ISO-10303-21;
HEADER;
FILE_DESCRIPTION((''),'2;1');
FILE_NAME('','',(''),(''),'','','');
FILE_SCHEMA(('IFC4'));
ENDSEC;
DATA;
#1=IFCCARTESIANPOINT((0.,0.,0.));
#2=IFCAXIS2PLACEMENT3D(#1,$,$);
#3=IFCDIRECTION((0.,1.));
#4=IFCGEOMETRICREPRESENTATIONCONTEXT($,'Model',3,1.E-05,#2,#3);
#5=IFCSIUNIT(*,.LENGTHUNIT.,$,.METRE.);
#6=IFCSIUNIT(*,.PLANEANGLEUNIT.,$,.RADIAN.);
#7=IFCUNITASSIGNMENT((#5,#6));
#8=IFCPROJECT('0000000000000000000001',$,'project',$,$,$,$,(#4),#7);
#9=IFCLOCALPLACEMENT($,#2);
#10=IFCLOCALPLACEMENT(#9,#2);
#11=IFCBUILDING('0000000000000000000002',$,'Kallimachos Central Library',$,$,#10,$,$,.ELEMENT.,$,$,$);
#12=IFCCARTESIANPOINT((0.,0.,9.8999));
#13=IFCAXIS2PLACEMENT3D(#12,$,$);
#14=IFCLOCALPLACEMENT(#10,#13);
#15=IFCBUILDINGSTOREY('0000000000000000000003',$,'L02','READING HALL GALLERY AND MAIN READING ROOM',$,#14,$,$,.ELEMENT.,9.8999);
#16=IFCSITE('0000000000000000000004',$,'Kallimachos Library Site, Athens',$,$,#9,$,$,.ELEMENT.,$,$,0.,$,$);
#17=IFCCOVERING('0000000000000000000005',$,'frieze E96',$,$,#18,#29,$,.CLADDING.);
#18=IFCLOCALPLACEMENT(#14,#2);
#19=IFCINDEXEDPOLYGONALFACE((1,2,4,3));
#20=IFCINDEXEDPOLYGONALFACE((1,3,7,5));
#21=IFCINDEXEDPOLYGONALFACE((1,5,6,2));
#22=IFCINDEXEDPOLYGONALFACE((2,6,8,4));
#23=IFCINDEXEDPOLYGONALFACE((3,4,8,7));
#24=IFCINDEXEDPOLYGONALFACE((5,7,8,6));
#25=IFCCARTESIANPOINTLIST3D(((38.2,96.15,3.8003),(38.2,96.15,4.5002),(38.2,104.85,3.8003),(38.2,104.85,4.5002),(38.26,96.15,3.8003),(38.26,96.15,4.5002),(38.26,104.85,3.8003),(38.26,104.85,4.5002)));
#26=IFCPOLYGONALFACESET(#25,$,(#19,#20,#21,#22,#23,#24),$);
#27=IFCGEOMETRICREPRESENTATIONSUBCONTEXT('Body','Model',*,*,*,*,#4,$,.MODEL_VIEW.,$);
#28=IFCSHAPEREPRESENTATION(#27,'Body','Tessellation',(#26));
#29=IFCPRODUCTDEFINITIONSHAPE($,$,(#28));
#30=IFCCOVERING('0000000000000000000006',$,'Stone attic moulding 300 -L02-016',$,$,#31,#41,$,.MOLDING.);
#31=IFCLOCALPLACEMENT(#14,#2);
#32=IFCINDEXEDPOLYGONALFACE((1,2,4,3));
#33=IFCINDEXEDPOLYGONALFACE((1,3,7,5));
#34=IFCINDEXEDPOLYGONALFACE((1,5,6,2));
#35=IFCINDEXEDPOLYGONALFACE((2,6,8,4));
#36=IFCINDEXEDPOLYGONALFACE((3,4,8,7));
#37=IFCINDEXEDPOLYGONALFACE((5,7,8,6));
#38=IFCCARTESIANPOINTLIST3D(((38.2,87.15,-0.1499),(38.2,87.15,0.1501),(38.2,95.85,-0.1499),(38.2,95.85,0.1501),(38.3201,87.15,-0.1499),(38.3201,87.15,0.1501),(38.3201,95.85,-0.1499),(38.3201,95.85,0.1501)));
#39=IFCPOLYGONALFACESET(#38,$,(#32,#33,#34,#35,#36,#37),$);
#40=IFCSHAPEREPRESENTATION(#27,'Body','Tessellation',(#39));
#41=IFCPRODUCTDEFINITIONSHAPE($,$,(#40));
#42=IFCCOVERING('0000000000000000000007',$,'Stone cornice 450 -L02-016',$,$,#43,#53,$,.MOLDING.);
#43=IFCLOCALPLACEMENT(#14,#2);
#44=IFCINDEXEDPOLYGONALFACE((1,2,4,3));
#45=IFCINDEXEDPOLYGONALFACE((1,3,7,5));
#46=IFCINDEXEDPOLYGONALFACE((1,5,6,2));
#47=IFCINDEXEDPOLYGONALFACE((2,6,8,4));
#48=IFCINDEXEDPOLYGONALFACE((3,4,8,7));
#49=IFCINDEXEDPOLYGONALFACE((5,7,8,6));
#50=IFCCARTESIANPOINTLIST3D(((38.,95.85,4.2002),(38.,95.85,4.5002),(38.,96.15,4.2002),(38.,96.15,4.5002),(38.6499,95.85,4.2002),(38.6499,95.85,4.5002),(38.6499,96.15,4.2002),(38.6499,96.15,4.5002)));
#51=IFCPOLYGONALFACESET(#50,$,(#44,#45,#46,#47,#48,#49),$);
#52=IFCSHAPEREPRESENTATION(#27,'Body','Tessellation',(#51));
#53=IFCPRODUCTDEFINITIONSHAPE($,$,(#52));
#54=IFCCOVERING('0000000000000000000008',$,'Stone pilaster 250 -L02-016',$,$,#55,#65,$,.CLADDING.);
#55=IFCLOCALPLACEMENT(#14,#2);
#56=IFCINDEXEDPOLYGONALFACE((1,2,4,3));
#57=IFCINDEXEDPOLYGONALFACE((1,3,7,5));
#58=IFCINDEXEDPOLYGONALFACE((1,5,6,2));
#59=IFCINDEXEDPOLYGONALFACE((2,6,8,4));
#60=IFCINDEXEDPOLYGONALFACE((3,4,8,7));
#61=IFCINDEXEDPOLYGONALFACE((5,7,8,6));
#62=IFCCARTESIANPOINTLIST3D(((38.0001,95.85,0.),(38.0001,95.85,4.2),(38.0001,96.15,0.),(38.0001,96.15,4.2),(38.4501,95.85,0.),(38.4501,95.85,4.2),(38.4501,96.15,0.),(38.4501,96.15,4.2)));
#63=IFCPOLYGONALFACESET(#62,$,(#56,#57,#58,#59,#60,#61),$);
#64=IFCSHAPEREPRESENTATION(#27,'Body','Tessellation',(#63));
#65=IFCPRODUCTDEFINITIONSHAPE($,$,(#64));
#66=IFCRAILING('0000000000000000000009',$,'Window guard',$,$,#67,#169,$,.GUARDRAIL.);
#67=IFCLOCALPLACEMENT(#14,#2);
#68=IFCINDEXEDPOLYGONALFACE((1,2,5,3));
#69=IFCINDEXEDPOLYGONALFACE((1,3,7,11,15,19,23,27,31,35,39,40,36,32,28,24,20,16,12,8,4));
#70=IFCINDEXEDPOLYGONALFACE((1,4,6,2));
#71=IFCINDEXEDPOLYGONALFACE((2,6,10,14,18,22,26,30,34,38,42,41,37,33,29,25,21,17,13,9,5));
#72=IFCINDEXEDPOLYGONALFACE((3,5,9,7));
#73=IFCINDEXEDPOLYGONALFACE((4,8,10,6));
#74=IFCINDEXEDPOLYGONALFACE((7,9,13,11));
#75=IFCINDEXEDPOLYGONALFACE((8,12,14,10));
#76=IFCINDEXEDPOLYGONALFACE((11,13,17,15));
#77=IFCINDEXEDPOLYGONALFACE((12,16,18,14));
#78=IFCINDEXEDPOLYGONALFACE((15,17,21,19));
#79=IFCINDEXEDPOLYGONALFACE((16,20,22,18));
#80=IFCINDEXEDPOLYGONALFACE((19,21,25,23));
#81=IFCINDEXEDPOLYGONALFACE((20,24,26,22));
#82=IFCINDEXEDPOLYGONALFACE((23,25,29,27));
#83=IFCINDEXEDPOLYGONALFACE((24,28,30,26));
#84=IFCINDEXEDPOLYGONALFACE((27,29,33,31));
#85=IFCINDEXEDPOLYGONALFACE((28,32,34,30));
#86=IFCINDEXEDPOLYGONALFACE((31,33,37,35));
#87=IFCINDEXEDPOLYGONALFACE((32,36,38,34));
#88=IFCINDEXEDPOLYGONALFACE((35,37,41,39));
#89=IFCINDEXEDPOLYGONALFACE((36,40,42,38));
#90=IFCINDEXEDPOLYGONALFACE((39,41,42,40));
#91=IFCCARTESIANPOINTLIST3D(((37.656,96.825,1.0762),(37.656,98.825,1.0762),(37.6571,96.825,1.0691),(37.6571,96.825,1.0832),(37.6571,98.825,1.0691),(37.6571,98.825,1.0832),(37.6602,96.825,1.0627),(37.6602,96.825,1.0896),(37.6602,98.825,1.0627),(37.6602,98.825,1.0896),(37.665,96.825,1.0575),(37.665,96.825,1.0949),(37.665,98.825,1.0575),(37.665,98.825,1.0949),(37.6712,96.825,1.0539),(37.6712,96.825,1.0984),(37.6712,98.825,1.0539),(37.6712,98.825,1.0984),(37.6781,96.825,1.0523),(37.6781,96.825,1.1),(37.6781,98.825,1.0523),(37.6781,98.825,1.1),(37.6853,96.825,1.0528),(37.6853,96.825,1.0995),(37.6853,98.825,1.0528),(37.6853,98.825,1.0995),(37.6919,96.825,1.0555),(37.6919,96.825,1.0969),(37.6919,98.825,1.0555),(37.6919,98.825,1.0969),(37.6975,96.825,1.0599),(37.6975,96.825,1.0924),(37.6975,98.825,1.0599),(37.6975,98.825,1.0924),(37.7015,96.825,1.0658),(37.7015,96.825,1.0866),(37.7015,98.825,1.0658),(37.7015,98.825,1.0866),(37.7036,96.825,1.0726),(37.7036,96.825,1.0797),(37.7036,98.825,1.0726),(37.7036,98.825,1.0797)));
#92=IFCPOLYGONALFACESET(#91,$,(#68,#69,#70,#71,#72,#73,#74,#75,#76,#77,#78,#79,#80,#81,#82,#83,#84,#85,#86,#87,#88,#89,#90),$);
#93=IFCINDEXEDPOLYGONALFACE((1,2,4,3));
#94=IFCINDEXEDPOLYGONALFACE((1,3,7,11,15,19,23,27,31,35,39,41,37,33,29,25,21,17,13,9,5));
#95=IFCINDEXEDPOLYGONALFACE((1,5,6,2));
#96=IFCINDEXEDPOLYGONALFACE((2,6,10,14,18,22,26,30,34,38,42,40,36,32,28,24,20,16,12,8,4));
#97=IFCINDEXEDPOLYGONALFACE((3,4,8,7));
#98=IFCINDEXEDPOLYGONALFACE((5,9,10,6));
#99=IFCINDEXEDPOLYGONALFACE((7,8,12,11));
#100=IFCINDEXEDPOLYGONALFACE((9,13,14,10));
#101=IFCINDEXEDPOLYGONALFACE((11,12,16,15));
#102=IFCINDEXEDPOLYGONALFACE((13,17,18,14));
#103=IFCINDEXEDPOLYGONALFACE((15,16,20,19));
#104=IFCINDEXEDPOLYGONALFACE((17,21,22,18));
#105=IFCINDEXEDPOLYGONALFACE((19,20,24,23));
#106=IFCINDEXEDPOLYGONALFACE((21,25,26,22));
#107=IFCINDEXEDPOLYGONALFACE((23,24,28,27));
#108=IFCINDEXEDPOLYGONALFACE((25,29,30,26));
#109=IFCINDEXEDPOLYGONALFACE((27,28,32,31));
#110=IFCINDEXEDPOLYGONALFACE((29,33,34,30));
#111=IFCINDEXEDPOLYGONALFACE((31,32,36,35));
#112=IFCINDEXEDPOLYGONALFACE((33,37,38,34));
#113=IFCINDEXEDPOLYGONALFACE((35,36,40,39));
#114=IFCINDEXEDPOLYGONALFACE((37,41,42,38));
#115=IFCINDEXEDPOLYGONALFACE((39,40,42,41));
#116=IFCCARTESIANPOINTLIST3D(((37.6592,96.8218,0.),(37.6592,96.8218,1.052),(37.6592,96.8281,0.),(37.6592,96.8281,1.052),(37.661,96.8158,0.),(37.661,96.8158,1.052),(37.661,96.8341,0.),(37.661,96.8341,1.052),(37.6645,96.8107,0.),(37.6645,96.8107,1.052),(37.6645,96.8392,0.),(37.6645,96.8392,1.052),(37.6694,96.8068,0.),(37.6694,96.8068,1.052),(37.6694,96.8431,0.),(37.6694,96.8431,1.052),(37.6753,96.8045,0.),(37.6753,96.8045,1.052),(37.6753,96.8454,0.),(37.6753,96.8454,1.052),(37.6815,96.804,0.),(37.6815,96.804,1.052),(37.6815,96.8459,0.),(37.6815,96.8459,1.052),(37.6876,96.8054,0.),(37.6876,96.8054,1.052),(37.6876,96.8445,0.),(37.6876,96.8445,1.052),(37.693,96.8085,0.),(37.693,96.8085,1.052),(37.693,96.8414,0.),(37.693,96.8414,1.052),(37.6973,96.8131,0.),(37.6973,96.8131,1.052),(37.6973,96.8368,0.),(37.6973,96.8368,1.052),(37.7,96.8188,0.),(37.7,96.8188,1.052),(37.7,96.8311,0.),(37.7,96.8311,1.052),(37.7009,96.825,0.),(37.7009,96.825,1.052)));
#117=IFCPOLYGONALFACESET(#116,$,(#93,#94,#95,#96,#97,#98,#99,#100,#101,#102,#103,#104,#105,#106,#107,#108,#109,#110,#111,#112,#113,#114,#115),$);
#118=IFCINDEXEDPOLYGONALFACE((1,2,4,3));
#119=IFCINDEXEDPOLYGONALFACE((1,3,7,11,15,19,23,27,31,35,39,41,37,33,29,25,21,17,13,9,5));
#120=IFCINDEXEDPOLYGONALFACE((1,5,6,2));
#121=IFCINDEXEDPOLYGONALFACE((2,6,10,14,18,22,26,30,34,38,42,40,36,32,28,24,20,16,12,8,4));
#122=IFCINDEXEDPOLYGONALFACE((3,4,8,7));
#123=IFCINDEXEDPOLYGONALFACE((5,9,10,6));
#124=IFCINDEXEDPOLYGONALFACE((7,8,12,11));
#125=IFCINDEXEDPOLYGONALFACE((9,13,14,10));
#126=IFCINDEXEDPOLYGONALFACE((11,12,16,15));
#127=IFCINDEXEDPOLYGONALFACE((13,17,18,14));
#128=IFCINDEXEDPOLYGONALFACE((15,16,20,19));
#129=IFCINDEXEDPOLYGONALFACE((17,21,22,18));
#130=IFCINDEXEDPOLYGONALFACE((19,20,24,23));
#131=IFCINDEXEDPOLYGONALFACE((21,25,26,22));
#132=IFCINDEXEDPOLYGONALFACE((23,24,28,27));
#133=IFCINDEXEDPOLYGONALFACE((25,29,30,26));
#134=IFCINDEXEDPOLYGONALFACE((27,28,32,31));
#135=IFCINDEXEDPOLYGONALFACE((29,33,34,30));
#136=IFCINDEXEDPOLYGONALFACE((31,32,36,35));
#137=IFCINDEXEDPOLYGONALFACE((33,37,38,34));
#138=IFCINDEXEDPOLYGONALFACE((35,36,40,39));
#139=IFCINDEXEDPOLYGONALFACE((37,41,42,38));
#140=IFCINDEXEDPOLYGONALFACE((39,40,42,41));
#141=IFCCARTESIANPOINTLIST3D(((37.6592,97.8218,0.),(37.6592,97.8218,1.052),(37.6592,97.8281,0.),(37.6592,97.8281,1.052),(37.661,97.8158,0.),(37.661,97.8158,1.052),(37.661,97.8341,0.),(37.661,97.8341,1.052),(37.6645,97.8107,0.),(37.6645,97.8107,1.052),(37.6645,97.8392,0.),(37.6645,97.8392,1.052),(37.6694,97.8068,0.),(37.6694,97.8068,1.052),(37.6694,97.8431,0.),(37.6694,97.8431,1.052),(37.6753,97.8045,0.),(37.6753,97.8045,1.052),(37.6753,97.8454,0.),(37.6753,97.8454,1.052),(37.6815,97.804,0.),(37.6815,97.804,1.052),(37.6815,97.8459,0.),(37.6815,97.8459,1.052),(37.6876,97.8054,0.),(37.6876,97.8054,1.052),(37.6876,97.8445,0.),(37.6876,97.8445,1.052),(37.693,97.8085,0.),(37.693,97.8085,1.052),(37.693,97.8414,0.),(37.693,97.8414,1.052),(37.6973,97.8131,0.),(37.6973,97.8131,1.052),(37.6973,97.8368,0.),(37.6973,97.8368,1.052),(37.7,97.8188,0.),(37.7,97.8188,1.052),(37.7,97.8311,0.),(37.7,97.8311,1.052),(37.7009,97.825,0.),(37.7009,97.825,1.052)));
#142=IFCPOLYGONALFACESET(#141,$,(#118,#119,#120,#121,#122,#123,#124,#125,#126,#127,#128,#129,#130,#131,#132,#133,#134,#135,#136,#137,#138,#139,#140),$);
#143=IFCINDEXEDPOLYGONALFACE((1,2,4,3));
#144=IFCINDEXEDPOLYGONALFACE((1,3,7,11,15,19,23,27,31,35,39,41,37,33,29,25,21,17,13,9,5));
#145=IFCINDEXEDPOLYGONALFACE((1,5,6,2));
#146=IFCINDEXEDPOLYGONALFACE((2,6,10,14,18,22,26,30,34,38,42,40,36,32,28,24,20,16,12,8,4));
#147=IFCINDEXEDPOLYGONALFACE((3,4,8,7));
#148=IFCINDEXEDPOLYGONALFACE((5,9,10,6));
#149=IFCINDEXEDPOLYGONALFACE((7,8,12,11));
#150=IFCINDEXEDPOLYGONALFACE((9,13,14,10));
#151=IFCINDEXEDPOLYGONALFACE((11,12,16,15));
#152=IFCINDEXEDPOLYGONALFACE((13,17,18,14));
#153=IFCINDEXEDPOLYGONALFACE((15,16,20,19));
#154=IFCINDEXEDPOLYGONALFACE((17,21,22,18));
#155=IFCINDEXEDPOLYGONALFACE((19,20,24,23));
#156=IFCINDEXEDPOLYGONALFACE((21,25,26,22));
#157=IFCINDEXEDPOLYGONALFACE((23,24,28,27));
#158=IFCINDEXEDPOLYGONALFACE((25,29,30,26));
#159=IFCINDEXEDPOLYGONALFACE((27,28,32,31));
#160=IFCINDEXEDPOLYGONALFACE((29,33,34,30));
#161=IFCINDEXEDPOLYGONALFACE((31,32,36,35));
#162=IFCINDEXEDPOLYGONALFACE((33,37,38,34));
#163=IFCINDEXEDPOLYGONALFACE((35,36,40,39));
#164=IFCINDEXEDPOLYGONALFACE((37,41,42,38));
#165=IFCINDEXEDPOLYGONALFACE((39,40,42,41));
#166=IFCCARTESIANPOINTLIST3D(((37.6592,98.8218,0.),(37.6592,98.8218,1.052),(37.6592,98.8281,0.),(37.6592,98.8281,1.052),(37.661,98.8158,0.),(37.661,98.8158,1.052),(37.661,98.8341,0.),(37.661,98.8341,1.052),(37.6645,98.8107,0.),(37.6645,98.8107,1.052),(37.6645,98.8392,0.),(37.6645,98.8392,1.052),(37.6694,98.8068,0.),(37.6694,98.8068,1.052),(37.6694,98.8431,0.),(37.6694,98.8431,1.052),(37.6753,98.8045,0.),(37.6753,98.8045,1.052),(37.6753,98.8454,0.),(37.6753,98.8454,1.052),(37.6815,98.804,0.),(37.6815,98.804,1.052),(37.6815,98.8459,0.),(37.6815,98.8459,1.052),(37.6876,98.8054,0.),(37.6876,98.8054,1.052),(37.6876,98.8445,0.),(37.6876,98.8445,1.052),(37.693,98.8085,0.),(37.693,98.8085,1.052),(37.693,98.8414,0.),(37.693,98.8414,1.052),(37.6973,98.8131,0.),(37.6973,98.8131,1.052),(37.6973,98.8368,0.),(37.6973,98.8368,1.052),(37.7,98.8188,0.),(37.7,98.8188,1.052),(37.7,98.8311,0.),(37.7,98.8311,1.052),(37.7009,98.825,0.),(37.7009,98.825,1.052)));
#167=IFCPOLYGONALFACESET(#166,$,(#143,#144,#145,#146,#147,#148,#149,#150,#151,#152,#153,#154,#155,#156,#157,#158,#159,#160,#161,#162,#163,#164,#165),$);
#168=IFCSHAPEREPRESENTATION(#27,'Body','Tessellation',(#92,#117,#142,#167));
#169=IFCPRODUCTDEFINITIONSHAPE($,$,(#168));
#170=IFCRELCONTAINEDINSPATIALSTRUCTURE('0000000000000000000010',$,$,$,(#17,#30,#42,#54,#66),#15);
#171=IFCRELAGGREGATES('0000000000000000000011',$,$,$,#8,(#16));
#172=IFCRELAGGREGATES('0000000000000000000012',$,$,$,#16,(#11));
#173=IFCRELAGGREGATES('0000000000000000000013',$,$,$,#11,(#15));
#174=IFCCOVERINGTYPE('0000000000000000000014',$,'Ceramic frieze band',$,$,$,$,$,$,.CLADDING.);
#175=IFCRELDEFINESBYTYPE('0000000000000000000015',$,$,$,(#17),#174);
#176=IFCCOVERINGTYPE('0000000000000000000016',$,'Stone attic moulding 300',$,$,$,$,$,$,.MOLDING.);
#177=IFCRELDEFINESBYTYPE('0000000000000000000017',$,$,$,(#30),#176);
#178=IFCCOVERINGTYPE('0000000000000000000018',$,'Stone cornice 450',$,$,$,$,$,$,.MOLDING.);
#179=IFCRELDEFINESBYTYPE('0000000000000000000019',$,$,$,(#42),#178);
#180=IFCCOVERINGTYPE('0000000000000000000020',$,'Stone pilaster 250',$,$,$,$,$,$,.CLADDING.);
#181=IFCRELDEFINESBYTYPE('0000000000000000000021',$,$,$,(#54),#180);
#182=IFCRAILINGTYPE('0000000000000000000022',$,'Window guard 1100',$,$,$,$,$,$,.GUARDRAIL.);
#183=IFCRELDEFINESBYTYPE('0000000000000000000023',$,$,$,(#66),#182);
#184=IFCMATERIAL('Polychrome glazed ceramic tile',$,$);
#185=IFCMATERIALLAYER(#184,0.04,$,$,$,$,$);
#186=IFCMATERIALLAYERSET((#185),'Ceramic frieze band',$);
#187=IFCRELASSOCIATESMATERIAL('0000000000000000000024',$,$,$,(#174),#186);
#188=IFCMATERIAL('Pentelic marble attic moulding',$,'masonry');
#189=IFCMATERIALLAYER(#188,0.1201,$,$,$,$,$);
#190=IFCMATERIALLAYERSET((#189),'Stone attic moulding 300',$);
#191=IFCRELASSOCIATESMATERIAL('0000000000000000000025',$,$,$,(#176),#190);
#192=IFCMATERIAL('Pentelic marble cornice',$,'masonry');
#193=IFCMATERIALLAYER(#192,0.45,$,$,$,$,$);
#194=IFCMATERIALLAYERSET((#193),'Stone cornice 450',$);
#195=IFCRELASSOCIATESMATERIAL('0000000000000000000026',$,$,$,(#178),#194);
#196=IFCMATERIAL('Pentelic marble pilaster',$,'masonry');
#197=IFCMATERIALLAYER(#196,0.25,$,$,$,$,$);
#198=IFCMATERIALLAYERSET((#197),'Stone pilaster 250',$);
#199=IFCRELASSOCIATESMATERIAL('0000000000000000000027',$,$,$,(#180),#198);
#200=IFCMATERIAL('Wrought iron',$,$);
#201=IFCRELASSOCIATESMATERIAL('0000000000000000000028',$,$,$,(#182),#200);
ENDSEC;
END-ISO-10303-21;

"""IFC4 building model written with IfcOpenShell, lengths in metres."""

from ifc_helpers import new_model, si_unit, direction, frame, origin, origin_2d, place, context, subcontext, project, spatial, rectangle, circle, extrude, material, layer, layer_set, type_object, element, save


model = new_model("IFC4")

# Units and contexts
model_context = context("Model", 3, precision=1e-05, world=origin(), true_north=direction((0.0, 1.0)))
body_context = subcontext(model_context, "Body", "Model", "MODEL_VIEW")
ifc_project = project(units=[si_unit("LENGTHUNIT", "METRE"), si_unit("PLANEANGLEUNIT", "RADIAN")], contexts=[model_context])

# Site, building, storey
site_placement = place(None, origin())
site = spatial("IfcSite", under=ifc_project, at=site_placement, Name="Kallimachos Library Site, Athens", CompositionType="ELEMENT", RefElevation=0.0)
building_placement = place(site_placement, origin())
building = spatial("IfcBuilding", under=site, at=building_placement, Name="Kallimachos Central Library", CompositionType="ELEMENT")
storey_placement = place(building_placement, frame((0.0, 0.0, 9.8999)))
storey = spatial("IfcBuildingStorey", under=building, at=storey_placement, Name="L02", Description="READING HALL GALLERY AND MAIN READING ROOM", CompositionType="ELEMENT", Elevation=9.8999)

# Coverings
ifc_material_1 = material(Name="Polychrome glazed ceramic tile")
ifc_layer_1 = layer(ifc_material_1, 0.04)
ifc_layer_set_1 = layer_set([ifc_layer_1], Name="Ceramic frieze band")
covering_type_1 = type_object("IfcCoveringType", Name="Ceramic frieze band", PredefinedType="CLADDING", material=ifc_layer_set_1)
for number, where, z_axis, x_axis, name in (
    (1, (38.23, 100.5, 3.8003), (0.0, 0.0, 1.0), (1.0, 0.0, 0.0), "frieze E96"),
):
    element("IfcCovering", number, at=place(storey_placement, frame(where, z_axis=z_axis, x_axis=x_axis)), inside=storey, type_object=covering_type_1, Name=name, PredefinedType="CLADDING", context=body_context, shape_type="SweptSolid", body=[
        extrude(rectangle(XDim=0.0601, YDim=8.7, at=origin_2d()), origin(), (0.0, 0.0, 1.0), 0.7),
    ])
ifc_material_2 = material(Name="Pentelic marble attic moulding", Category="masonry")
ifc_layer_2 = layer(ifc_material_2, 0.1201)
ifc_layer_set_2 = layer_set([ifc_layer_2], Name="Stone attic moulding 300")
covering_type_2 = type_object("IfcCoveringType", Name="Stone attic moulding 300", PredefinedType="MOLDING", material=ifc_layer_set_2)
covering_1_placement = place(storey_placement, frame((38.26, 91.5, -0.1499), z_axis=(0.0, 0.0, 1.0), x_axis=(1.0, 0.0, 0.0)))
element("IfcCovering", 2, at=covering_1_placement, inside=storey, type_object=covering_type_2, Name="Stone attic moulding 300 -L02-016", PredefinedType="MOLDING", context=body_context, shape_type="SweptSolid", body=[
    extrude(rectangle(XDim=0.1201, YDim=8.7, at=origin_2d()), origin(), (0.0, 0.0, 1.0), 0.3),
])
ifc_material_3 = material(Name="Pentelic marble cornice", Category="masonry")
ifc_layer_3 = layer(ifc_material_3, 0.45)
ifc_layer_set_3 = layer_set([ifc_layer_3], Name="Stone cornice 450")
covering_type_3 = type_object("IfcCoveringType", Name="Stone cornice 450", PredefinedType="MOLDING", material=ifc_layer_set_3)
covering_2_placement = place(storey_placement, frame((38.325, 96.0, 4.2002), z_axis=(0.0, 0.0, 1.0), x_axis=(1.0, 0.0, 0.0)))
element("IfcCovering", 3, at=covering_2_placement, inside=storey, type_object=covering_type_3, Name="Stone cornice 450 -L02-016", PredefinedType="MOLDING", context=body_context, shape_type="SweptSolid", body=[
    extrude(rectangle(XDim=0.6499, YDim=0.3, at=origin_2d()), origin(), (0.0, 0.0, 1.0), 0.3),
])
ifc_material_4 = material(Name="Pentelic marble pilaster", Category="masonry")
ifc_layer_4 = layer(ifc_material_4, 0.25)
ifc_layer_set_4 = layer_set([ifc_layer_4], Name="Stone pilaster 250")
covering_type_4 = type_object("IfcCoveringType", Name="Stone pilaster 250", PredefinedType="CLADDING", material=ifc_layer_set_4)
covering_3_placement = place(storey_placement, frame((38.2251, 96.0, 0.0), z_axis=(0.0, 0.0, 1.0), x_axis=(1.0, 0.0, 0.0)))
element("IfcCovering", 4, at=covering_3_placement, inside=storey, type_object=covering_type_4, Name="Stone pilaster 250 -L02-016", PredefinedType="CLADDING", context=body_context, shape_type="SweptSolid", body=[
    extrude(rectangle(XDim=0.45, YDim=0.3, at=origin_2d()), origin(), (0.0, 0.0, 1.0), 4.2),
])

# Railing
ifc_material_5 = material(Name="Wrought iron")
railing_type = type_object("IfcRailingType", Name="Window guard 1100", PredefinedType="GUARDRAIL", material=ifc_material_5)
for number, where, name in (
    (5, (37.6799, 96.825, 0.0), "Window guard"),
):
    element("IfcRailing", number, at=place(storey_placement, frame(where)), inside=storey, type_object=railing_type, Name=name, PredefinedType="GUARDRAIL", context=body_context, shape_type="SweptSolid", body=[
        extrude(circle(Radius=0.0239, at=origin_2d()), frame((0.0, 0.0, 1.0762), z_axis=(0.0, 1.0, 0.0), x_axis=(-1.0, 0.0, 0.0)), (0.0, 0.0, 1.0), 2.0),
        extrude(circle(Radius=0.021, at=origin_2d()), origin(), (0.0, 0.0, 1.0), 1.052),
        extrude(circle(Radius=0.021, at=origin_2d()), frame((0.0, 1.0, 0.0)), (0.0, 0.0, 1.0), 1.052),
        extrude(circle(Radius=0.021, at=origin_2d()), frame((0.0, 2.0, 0.0)), (0.0, 0.0, 1.0), 1.052),
    ])

save(model, "model.ifc")
